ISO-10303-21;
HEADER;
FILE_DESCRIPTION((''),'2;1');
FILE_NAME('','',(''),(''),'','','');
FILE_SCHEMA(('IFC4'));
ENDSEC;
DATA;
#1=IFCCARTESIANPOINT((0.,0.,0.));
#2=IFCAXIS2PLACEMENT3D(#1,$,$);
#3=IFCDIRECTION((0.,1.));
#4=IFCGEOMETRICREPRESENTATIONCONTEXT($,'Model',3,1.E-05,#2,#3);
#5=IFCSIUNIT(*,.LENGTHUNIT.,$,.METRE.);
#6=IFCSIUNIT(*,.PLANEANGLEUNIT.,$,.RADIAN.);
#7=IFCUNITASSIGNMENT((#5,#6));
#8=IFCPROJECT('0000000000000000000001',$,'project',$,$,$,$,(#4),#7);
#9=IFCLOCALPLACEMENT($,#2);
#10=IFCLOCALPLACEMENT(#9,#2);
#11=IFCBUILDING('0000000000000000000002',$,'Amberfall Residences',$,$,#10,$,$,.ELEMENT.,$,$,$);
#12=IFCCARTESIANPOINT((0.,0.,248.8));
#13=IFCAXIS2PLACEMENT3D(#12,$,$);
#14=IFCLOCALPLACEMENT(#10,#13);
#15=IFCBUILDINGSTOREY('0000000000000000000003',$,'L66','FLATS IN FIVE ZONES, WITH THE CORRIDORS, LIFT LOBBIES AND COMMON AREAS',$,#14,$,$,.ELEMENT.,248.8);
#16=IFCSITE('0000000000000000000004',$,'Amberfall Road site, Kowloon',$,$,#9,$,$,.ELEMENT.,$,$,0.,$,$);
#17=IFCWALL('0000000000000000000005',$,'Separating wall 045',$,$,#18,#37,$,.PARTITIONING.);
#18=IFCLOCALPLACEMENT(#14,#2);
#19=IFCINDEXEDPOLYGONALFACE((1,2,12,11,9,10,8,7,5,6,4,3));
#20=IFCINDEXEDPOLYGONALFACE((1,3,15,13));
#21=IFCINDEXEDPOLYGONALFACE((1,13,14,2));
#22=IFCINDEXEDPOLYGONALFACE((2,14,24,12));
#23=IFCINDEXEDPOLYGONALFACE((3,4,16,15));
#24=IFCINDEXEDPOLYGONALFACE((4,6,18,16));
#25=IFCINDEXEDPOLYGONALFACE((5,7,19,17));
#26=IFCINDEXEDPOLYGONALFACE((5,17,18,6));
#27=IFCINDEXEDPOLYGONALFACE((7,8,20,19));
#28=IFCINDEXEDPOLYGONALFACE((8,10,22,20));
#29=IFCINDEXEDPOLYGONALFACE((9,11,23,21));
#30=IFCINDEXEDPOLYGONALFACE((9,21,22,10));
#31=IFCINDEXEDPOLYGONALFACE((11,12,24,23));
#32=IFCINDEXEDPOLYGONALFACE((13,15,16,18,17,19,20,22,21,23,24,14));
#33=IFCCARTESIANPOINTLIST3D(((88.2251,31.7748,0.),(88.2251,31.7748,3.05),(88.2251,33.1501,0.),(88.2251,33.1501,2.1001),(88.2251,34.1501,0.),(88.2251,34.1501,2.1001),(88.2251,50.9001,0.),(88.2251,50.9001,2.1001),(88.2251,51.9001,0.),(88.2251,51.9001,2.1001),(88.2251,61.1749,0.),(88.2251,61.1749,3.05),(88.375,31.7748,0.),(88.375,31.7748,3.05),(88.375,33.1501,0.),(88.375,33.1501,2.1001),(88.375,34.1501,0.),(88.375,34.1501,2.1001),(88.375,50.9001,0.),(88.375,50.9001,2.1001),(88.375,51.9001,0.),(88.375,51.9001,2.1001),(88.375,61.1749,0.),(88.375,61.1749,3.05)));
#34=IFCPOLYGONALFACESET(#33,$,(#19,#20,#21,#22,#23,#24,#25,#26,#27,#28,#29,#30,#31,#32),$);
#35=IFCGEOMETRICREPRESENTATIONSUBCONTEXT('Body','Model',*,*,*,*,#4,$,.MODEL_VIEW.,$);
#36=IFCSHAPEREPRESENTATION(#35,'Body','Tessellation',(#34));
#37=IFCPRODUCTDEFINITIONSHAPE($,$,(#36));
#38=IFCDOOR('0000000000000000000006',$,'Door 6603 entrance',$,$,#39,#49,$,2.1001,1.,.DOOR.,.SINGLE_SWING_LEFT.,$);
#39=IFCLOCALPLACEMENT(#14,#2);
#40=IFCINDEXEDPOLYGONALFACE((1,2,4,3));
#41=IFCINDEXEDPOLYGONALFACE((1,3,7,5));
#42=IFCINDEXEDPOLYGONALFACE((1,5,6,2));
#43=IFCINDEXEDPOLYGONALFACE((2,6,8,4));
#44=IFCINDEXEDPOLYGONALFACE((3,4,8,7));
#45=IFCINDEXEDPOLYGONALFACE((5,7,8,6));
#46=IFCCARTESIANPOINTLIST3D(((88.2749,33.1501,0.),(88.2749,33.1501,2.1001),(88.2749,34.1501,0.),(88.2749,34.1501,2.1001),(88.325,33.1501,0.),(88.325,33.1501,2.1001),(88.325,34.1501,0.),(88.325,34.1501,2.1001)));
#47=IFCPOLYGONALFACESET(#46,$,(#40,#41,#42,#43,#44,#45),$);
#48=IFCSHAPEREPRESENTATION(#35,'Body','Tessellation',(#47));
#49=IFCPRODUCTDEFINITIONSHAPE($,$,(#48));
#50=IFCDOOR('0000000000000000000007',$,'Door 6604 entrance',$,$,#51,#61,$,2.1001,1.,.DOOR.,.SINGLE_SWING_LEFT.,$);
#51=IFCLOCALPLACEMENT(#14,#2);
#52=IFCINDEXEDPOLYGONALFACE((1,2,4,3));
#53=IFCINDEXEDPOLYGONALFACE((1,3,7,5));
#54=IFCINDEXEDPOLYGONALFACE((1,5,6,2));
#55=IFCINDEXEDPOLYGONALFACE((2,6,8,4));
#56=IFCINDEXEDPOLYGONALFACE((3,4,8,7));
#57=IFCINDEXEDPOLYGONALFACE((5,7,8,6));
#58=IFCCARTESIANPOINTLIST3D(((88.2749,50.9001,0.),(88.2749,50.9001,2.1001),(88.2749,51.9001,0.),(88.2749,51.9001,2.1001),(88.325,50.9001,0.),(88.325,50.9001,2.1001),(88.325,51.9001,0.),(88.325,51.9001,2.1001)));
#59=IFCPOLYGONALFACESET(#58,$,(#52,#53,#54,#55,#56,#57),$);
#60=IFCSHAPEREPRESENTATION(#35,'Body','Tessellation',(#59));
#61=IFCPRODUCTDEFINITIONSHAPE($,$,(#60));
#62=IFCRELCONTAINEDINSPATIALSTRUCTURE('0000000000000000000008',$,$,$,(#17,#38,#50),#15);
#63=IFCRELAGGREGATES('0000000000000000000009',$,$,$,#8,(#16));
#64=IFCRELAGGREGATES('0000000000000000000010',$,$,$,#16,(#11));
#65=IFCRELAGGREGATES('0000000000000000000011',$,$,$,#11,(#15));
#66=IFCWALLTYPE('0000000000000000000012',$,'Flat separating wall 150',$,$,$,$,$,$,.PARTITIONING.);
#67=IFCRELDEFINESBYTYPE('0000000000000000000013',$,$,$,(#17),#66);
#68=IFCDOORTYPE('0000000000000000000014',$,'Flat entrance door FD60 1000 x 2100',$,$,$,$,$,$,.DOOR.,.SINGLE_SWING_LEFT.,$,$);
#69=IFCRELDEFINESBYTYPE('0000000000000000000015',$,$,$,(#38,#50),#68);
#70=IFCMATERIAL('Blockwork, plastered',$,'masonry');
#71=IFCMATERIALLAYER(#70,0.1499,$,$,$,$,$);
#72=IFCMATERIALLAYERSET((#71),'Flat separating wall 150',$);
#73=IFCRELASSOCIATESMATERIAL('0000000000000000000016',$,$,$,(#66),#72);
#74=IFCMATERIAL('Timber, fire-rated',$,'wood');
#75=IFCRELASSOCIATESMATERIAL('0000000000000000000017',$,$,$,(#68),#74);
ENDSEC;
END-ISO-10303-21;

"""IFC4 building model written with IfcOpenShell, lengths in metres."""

from ifc_helpers import new_model, si_unit, direction, frame, frame_2d, origin, place, context, subcontext, project, spatial, rectangle, extrude, material, layer, layer_set, type_object, element, fill, save


model = new_model("IFC4")

# Units and contexts
model_context = context("Model", 3, precision=1e-05, world=origin(), true_north=direction((0.0, 1.0)))
body_context = subcontext(model_context, "Body", "Model", "MODEL_VIEW")
ifc_project = project(units=[si_unit("LENGTHUNIT", "METRE"), si_unit("PLANEANGLEUNIT", "RADIAN")], contexts=[model_context])

# Site, building, storey
site_placement = place(None, origin())
site = spatial("IfcSite", under=ifc_project, at=site_placement, Name="Amberfall Road site, Kowloon", CompositionType="ELEMENT", RefElevation=0.0)
building_placement = place(site_placement, origin())
building = spatial("IfcBuilding", under=site, at=building_placement, Name="Amberfall Residences", CompositionType="ELEMENT")
storey_placement = place(building_placement, frame((0.0, 0.0, 248.8)))
storey = spatial("IfcBuildingStorey", under=building, at=storey_placement, Name="L66", Description="FLATS IN FIVE ZONES, WITH THE CORRIDORS, LIFT LOBBIES AND COMMON AREAS", CompositionType="ELEMENT", Elevation=248.8)

# Wall, openings, doors
ifc_material_1 = material(Name="Blockwork, plastered", Category="masonry")
ifc_layer_1 = layer(ifc_material_1, 0.1499)
ifc_layer_set_1 = layer_set([ifc_layer_1], Name="Flat separating wall 150")
wall_type_1 = type_object("IfcWallType", Name="Flat separating wall 150", PredefinedType="PARTITIONING", material=ifc_layer_set_1)
wall_1_placement = place(storey_placement, frame((88.3, 61.175, 0.0), z_axis=(0.0, 0.0, 1.0), x_axis=(0.0, -1.0, 0.0)))
wall_1 = element("IfcWall", 1, at=wall_1_placement, inside=storey, type_object=wall_type_1, Name="Separating wall 045", PredefinedType="PARTITIONING", context=body_context, shape_type="SweptSolid", body=[
    extrude(rectangle(XDim=29.4001, YDim=0.1499, at=frame_2d((14.7002, 0.0))), origin(), (0.0, 0.0, 1.0), 3.05),
])
opening_1_placement = place(wall_1_placement, frame((27.0249, 0.0, 0.0)))
opening_1 = element("IfcOpeningElement", 2, at=opening_1_placement, cuts=wall_1, PredefinedType="OPENING", context=body_context, shape_type="SweptSolid", body=[
    extrude(rectangle(XDim=1.0, YDim=2.1001, at=frame_2d((0.5, 1.05))), frame((0.0, 0.085, 0.0), z_axis=(0.0, -1.0, 0.0), x_axis=(1.0, 0.0, 0.0)), (0.0, 0.0, 1.0), 0.1699),
])
opening_2_placement = place(wall_1_placement, frame((9.2749, 0.0, 0.0)))
opening_2 = element("IfcOpeningElement", 3, at=opening_2_placement, cuts=wall_1, PredefinedType="OPENING", context=body_context, shape_type="SweptSolid", body=[
    extrude(rectangle(XDim=1.0, YDim=2.1001, at=frame_2d((0.5, 1.05))), frame((0.0, 0.085, 0.0), z_axis=(0.0, -1.0, 0.0), x_axis=(1.0, 0.0, 0.0)), (0.0, 0.0, 1.0), 0.1699),
])
ifc_material_2 = material(Name="Timber, fire-rated", Category="wood")
door_type_1 = type_object("IfcDoorType", Name="Flat entrance door FD60 1000 x 2100", OperationType="SINGLE_SWING_LEFT", PredefinedType="DOOR", material=ifc_material_2)
door_1_placement = place(opening_1_placement, origin())
door_1 = element("IfcDoor", 4, at=door_1_placement, inside=storey, type_object=door_type_1, Name="Door 6603 entrance", OperationType="SINGLE_SWING_LEFT", OverallHeight=2.1001, OverallWidth=1.0, PredefinedType="DOOR", context=body_context, shape_type="SweptSolid", body=[
    extrude(rectangle(XDim=1.0, YDim=2.1001, at=frame_2d((0.5, 1.05))), frame((0.0, 0.0249, 0.0), z_axis=(0.0, -1.0, 0.0), x_axis=(1.0, 0.0, 0.0)), (0.0, 0.0, 1.0), 0.05),
])
fill(opening_1, door_1)
door_2_placement = place(opening_2_placement, origin())
door_2 = element("IfcDoor", 5, at=door_2_placement, inside=storey, type_object=door_type_1, Name="Door 6604 entrance", OperationType="SINGLE_SWING_LEFT", OverallHeight=2.1001, OverallWidth=1.0, PredefinedType="DOOR", context=body_context, shape_type="SweptSolid", body=[
    extrude(rectangle(XDim=1.0, YDim=2.1001, at=frame_2d((0.5, 1.05))), frame((0.0, 0.0249, 0.0), z_axis=(0.0, -1.0, 0.0), x_axis=(1.0, 0.0, 0.0)), (0.0, 0.0, 1.0), 0.05),
])
fill(opening_2, door_2)

save(model, "model.ifc")
